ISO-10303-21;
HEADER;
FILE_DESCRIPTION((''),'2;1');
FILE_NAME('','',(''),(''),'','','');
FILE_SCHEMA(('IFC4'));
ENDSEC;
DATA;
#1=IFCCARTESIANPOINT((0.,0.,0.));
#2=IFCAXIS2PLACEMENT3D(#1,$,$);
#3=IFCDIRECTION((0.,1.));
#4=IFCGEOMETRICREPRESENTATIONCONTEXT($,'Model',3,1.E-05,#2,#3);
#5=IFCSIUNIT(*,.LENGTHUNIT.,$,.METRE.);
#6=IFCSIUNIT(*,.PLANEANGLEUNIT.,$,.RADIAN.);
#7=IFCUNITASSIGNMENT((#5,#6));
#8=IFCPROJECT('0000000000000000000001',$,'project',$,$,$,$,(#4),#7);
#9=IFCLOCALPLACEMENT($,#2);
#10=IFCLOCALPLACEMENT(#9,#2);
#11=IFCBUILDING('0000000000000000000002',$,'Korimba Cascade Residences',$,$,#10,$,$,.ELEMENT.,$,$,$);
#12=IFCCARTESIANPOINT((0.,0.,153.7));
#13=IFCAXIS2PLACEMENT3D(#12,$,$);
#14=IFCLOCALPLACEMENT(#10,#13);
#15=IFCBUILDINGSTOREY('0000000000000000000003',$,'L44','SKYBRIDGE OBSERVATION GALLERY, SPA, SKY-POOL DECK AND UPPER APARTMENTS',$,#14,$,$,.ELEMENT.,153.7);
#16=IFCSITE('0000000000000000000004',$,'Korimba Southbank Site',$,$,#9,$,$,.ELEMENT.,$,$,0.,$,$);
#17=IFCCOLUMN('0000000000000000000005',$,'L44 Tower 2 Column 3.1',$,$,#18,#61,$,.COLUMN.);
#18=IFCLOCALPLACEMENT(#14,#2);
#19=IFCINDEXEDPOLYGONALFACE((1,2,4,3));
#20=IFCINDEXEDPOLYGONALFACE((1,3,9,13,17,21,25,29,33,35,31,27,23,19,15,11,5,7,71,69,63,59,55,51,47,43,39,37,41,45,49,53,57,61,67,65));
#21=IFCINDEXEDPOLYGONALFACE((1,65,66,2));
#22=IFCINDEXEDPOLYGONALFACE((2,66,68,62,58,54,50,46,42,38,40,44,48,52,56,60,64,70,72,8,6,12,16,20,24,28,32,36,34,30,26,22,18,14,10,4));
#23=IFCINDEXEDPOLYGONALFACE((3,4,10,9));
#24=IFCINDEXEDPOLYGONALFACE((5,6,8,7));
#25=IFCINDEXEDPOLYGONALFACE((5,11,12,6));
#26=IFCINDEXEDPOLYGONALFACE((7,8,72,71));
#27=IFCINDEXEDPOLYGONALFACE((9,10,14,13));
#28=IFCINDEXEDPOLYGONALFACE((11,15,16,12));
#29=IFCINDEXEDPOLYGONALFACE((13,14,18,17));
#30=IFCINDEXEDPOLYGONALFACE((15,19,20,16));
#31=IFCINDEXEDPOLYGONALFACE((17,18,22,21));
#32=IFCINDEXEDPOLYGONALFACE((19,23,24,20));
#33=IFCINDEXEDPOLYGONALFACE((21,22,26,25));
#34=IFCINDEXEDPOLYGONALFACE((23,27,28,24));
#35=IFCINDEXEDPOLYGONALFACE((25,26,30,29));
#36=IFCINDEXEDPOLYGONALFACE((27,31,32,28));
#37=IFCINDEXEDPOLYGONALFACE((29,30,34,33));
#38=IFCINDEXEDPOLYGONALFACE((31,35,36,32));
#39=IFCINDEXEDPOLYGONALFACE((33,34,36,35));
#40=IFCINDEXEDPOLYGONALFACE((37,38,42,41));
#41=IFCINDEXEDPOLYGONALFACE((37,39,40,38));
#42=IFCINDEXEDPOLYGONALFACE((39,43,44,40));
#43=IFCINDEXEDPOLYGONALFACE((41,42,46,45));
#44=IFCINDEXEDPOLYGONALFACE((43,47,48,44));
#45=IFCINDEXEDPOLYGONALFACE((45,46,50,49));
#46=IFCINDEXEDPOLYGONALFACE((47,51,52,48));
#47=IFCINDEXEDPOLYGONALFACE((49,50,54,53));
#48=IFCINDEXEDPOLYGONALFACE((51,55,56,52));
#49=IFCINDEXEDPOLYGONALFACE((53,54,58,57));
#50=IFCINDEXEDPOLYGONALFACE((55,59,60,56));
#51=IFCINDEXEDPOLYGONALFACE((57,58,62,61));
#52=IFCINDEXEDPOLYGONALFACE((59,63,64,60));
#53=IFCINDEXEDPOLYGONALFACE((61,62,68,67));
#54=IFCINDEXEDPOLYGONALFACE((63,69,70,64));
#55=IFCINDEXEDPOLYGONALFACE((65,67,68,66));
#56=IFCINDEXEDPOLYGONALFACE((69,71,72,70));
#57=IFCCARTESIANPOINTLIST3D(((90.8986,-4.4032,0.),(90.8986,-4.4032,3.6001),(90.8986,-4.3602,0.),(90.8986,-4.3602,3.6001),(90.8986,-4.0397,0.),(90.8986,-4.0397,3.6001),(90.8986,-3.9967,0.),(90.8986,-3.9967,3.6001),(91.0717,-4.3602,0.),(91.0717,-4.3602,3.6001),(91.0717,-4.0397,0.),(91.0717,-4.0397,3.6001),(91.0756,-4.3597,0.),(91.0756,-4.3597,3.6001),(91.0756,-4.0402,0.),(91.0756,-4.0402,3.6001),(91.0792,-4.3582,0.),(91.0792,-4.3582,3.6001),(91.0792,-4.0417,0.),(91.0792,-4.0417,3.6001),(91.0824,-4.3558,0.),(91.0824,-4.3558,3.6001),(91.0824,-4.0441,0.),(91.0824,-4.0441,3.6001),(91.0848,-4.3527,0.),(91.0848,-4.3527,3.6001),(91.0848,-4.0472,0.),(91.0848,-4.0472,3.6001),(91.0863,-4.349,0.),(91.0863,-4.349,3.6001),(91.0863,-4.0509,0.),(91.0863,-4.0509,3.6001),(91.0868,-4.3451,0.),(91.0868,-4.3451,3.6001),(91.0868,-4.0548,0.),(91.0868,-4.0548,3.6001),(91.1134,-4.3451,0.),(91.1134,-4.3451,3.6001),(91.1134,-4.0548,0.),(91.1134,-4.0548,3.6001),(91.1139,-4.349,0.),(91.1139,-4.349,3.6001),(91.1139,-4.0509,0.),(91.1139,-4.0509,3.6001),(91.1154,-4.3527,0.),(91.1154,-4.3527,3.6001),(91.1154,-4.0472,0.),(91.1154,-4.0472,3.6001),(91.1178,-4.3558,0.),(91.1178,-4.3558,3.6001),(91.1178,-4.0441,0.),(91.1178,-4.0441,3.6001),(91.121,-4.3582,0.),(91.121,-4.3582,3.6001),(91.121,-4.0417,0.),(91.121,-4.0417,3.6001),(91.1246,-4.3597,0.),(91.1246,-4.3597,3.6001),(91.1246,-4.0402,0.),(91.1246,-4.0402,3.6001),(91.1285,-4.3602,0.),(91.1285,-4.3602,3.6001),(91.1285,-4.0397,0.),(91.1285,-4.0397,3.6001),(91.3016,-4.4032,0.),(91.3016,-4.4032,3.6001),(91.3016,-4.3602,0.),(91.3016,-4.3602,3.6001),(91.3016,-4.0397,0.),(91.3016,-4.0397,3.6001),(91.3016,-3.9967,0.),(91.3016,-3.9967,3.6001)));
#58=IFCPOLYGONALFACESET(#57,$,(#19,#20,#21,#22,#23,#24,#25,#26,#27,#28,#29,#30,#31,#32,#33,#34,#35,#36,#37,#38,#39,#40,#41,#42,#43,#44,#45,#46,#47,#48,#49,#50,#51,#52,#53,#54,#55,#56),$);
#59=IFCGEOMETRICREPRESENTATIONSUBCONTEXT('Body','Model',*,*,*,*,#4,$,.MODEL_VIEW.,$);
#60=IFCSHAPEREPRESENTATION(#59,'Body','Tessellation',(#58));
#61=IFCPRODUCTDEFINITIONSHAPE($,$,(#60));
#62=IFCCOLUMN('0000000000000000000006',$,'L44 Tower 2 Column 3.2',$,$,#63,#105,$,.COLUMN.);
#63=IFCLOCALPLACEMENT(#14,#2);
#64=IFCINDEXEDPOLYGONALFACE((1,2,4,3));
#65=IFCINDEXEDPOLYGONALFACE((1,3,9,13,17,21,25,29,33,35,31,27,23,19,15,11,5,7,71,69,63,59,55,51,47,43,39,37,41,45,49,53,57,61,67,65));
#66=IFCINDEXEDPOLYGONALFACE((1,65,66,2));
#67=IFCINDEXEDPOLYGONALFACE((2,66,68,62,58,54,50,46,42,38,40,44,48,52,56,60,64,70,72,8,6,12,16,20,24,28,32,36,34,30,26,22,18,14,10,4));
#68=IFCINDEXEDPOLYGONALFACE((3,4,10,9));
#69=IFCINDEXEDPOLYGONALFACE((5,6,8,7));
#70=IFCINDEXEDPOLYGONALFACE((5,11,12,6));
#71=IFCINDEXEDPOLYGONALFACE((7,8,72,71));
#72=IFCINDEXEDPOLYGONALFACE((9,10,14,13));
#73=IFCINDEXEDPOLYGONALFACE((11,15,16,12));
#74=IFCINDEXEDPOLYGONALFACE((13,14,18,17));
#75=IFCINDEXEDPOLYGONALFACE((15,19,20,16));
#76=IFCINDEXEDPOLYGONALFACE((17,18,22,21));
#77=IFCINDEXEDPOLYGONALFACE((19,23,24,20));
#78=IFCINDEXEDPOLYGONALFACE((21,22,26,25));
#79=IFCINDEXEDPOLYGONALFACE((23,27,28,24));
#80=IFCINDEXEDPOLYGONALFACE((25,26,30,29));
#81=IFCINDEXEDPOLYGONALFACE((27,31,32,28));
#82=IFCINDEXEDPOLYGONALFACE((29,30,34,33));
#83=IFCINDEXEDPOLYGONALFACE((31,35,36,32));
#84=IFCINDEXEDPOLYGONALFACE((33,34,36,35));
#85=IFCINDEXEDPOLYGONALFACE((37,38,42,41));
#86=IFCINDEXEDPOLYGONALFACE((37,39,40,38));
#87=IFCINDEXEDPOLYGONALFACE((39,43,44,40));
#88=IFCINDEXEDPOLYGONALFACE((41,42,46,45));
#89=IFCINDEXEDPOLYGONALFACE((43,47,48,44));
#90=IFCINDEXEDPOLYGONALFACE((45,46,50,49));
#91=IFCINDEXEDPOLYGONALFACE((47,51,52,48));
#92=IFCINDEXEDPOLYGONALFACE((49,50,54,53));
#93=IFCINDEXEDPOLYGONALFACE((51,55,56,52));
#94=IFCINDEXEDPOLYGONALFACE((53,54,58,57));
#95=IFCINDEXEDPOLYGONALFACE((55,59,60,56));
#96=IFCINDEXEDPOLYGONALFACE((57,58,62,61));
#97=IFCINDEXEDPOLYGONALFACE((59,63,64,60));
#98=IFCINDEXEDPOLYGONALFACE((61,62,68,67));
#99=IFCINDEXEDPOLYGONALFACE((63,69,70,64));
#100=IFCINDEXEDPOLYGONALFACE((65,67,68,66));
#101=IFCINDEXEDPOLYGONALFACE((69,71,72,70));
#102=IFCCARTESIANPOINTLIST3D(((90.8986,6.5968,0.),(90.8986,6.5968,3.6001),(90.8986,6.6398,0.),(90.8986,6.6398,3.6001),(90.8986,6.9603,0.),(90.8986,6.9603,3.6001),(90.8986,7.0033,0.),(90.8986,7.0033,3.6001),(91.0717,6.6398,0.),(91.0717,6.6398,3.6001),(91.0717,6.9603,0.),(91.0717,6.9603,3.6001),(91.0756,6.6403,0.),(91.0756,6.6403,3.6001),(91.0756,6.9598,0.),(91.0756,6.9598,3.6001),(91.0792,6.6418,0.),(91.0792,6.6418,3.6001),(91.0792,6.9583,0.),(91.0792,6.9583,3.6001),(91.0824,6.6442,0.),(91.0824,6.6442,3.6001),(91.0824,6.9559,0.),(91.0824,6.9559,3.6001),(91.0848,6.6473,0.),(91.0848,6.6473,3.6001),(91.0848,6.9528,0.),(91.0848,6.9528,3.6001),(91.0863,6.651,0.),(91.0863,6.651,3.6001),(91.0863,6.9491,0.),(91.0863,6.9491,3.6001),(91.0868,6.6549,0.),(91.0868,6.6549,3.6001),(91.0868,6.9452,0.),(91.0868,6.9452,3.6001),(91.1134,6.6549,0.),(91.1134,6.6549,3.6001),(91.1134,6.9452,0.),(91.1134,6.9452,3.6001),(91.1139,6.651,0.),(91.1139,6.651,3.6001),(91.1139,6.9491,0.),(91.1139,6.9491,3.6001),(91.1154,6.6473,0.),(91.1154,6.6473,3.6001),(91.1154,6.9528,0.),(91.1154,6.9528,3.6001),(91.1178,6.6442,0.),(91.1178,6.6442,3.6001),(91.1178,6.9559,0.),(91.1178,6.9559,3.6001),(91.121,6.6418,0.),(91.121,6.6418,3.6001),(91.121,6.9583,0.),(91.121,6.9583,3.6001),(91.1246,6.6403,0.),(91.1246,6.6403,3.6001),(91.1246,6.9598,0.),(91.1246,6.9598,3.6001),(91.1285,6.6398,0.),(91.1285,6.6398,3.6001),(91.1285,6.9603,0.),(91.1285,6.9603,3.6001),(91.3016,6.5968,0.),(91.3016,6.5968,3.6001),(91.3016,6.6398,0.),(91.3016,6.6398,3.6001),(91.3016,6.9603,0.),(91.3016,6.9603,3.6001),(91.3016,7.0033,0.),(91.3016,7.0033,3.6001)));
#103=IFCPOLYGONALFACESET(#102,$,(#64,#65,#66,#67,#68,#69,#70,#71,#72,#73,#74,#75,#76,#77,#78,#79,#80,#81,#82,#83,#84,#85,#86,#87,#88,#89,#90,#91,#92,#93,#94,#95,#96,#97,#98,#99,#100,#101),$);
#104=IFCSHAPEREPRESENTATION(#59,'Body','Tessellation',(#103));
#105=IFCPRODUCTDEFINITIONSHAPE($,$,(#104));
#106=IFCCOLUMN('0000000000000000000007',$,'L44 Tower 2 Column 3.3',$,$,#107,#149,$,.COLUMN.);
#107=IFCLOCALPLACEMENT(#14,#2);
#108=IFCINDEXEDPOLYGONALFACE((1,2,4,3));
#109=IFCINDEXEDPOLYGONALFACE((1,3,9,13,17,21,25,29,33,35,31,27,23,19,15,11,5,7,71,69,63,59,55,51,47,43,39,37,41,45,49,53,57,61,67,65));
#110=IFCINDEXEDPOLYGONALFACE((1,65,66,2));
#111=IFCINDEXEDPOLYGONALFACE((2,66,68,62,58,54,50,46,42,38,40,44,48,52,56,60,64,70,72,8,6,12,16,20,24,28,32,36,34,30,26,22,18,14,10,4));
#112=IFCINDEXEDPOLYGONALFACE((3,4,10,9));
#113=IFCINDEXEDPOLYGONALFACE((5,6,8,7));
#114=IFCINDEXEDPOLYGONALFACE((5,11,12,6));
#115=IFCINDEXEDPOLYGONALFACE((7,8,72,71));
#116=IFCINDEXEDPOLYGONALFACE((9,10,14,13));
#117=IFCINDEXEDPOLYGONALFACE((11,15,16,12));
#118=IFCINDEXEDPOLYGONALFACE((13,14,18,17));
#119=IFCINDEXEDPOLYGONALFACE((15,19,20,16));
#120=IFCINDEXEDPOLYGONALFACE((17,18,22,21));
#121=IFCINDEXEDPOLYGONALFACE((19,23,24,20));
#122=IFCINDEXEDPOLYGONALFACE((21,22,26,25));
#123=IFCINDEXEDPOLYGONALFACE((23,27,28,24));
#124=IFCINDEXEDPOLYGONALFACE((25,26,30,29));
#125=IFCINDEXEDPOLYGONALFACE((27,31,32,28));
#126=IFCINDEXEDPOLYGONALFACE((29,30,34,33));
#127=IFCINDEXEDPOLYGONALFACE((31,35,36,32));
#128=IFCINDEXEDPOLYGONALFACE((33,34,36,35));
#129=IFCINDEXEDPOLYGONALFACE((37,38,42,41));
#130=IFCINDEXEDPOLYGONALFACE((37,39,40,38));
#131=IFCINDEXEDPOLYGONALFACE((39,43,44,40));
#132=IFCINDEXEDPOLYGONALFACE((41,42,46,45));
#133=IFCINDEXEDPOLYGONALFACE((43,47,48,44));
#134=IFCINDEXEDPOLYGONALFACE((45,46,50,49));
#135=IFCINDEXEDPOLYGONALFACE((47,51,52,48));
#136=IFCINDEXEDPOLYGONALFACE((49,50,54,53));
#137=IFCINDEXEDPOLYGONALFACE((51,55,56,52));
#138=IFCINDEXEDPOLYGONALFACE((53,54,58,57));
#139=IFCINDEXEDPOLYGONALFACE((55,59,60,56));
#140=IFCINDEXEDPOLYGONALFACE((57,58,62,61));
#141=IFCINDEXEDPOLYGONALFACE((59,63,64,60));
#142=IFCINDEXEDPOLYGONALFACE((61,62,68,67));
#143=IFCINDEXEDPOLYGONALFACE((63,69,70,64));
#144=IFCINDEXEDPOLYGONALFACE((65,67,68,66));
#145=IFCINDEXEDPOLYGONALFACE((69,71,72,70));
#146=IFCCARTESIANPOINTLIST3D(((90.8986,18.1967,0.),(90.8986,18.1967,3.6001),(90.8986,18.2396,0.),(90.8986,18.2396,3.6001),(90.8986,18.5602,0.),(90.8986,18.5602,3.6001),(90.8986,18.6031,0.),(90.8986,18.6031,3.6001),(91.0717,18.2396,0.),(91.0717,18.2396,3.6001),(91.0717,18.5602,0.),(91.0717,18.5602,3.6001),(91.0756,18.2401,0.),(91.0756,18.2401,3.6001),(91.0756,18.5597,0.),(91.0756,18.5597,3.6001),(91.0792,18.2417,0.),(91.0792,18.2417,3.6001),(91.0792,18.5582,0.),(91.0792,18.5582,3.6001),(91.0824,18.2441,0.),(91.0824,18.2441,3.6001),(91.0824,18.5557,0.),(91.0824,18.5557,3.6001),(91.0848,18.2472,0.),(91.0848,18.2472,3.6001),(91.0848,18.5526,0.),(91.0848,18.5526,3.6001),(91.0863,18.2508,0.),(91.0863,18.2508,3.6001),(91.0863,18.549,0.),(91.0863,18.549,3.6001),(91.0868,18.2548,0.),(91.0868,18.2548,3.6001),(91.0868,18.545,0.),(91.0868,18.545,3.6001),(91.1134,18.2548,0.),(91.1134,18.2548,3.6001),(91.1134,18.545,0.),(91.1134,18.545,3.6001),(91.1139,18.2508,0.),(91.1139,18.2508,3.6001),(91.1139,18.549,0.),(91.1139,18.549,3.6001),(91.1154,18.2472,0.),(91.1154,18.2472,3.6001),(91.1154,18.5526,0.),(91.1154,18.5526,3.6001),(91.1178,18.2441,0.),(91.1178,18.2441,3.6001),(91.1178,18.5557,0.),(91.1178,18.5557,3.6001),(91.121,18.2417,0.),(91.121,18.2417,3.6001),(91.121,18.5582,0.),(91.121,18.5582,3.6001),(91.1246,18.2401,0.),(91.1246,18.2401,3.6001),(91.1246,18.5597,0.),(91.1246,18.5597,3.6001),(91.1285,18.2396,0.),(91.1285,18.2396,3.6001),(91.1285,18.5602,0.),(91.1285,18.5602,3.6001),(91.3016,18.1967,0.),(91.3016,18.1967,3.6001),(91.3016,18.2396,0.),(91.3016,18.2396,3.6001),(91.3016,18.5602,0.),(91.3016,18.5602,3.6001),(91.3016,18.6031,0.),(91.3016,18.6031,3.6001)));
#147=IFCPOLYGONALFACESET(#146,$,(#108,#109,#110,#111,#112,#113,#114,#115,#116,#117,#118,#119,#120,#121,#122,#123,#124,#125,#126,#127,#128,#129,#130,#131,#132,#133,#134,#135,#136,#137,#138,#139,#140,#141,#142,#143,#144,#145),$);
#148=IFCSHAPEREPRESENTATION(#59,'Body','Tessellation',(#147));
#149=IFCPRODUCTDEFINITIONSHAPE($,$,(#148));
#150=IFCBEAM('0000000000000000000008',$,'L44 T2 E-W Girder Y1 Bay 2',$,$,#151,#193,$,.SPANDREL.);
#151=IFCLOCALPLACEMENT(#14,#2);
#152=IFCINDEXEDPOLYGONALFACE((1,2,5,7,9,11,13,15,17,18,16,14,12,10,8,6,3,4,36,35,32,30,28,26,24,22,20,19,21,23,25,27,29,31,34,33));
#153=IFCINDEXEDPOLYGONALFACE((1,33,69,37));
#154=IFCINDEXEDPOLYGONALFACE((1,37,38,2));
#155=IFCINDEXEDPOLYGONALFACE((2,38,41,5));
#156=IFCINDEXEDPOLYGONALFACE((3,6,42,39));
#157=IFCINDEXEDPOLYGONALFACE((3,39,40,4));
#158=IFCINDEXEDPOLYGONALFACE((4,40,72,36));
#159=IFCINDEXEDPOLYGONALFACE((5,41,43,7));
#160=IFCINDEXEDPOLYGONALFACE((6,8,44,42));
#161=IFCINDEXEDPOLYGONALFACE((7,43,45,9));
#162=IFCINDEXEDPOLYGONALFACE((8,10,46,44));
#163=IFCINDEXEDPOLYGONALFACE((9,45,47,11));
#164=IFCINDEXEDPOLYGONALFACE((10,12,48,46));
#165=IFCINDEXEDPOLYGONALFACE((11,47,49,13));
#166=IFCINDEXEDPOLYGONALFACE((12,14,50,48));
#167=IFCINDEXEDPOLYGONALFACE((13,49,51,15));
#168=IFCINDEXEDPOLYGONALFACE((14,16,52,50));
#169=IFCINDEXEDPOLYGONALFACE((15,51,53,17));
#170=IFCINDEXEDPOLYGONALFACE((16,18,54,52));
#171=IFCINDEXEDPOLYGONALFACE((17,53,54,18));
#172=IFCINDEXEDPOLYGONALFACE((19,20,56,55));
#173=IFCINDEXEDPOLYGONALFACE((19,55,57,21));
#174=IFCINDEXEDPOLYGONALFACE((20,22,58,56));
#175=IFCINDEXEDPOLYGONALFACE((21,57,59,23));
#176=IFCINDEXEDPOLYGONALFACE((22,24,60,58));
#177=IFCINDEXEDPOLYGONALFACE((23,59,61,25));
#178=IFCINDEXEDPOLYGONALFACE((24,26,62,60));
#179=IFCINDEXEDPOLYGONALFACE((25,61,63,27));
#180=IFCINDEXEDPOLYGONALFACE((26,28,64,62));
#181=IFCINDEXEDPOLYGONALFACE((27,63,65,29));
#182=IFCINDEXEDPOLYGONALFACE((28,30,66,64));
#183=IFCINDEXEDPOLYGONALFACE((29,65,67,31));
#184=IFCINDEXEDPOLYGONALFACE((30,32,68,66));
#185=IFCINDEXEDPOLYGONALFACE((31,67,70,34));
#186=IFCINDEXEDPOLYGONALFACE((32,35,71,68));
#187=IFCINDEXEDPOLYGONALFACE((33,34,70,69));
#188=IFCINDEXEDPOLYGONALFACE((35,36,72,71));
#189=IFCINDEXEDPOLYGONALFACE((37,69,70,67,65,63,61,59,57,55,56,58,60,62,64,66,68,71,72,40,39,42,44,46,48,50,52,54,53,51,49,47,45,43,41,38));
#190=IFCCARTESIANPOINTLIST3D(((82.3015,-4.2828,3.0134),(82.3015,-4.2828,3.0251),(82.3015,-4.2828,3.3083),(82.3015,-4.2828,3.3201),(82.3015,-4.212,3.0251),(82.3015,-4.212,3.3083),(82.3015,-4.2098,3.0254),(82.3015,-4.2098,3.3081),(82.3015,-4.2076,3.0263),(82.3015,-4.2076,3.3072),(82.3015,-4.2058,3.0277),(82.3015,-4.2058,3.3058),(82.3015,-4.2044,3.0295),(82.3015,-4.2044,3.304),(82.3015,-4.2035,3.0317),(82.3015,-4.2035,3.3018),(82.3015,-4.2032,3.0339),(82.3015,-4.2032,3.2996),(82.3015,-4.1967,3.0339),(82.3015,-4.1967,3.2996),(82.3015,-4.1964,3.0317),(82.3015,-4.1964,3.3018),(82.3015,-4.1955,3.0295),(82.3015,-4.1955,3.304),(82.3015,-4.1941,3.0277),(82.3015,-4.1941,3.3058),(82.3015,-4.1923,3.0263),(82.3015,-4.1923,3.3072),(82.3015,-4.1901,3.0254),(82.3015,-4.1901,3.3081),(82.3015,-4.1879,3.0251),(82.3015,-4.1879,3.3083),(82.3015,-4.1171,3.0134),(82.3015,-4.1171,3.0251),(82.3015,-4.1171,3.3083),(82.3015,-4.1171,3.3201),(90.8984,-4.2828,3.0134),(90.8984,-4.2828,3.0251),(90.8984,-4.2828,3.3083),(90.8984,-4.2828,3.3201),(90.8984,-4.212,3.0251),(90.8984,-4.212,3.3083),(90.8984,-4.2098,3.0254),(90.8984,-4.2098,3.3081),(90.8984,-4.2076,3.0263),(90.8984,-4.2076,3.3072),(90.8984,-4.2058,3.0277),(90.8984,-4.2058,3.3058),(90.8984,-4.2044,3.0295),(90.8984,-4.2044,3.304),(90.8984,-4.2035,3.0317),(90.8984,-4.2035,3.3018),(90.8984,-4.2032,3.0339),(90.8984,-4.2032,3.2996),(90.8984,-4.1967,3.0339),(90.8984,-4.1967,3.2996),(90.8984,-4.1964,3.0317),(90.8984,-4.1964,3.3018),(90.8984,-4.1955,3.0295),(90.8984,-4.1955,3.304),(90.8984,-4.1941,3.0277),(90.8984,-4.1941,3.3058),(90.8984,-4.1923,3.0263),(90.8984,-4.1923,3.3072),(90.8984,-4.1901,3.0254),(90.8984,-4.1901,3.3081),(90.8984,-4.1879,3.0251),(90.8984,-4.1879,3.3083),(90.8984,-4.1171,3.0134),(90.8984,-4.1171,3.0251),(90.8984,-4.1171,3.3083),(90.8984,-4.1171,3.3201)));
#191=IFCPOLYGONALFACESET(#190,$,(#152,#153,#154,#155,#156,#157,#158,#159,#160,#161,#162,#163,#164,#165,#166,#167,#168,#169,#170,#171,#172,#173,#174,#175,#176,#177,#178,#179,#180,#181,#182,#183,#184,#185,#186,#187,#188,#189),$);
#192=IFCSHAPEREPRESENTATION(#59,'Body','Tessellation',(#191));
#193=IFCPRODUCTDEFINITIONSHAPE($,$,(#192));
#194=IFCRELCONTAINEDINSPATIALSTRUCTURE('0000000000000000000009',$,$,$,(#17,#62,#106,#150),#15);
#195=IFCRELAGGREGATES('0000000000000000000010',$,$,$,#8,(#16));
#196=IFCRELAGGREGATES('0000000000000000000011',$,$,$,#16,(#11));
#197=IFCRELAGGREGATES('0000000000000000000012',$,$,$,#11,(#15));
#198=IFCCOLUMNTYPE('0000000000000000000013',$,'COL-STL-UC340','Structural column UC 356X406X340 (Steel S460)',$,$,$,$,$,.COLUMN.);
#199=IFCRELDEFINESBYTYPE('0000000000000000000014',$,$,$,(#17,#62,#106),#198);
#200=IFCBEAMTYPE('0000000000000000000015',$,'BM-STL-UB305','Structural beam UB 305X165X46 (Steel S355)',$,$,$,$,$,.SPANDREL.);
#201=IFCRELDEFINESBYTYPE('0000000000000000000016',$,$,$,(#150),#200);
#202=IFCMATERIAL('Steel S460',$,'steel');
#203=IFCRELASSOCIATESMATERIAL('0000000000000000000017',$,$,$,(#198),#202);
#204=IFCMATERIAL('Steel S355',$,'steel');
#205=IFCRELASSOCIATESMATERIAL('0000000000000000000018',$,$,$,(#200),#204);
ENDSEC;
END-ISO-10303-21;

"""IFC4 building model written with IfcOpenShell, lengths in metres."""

from ifc_helpers import new_model, si_unit, direction, frame, origin, origin_2d, place, context, subcontext, project, spatial, i_section, extrude, material, material_profile, profile_set, type_object, element, save


model = new_model("IFC4")

# Units and contexts
model_context = context("Model", 3, precision=1e-05, world=origin(), true_north=direction((0.0, 1.0)))
body_context = subcontext(model_context, "Body", "Model", "MODEL_VIEW")
ifc_project = project(units=[si_unit("LENGTHUNIT", "METRE"), si_unit("PLANEANGLEUNIT", "RADIAN")], contexts=[model_context])

# Site, building, storey
site_placement = place(None, origin())
site = spatial("IfcSite", under=ifc_project, at=site_placement, Name="Korimba Southbank Site", CompositionType="ELEMENT", RefElevation=0.0)
building_placement = place(site_placement, origin())
building = spatial("IfcBuilding", under=site, at=building_placement, Name="Korimba Cascade Residences", CompositionType="ELEMENT")
storey_placement = place(building_placement, frame((0.0, 0.0, 153.7)))
storey = spatial("IfcBuildingStorey", under=building, at=storey_placement, Name="L44", Description="SKYBRIDGE OBSERVATION GALLERY, SPA, SKY-POOL DECK AND UPPER APARTMENTS", CompositionType="ELEMENT", Elevation=153.7)

# Columns
ifc_material_1 = material(Name="Steel S460", Category="steel")
ifc_material_profile_1 = material_profile(ifc_material_1, i_section(OverallWidth=0.4031, OverallDepth=0.4065, WebThickness=0.0266, FlangeThickness=0.043, FilletRadius=0.0151, at=origin_2d()), Name="Steel S460")
ifc_profile_set_1 = profile_set([ifc_material_profile_1], Name="Steel S460")
column_type = type_object("IfcColumnType", Name="COL-STL-UC340", Description="Structural column UC 356X406X340 (Steel S460)", PredefinedType="COLUMN", material=ifc_profile_set_1)
for number, where, z_axis, x_axis, name in (
    (1, (91.1001, -4.2, 0.0), (0.0, 0.0, 1.0), (1.0, 0.0, 0.0), "L44 Tower 2 Column 3.1"),
    (2, (91.1001, 6.8, 0.0), (0.0, 0.0, 1.0), (1.0, 0.0, 0.0), "L44 Tower 2 Column 3.2"),
    (3, (91.1001, 18.3999, 0.0), (0.0, 0.0, 1.0), (1.0, 0.0, 0.0), "L44 Tower 2 Column 3.3"),
):
    element("IfcColumn", number, at=place(storey_placement, frame(where, z_axis=z_axis, x_axis=x_axis)), inside=storey, type_object=column_type, Name=name, PredefinedType="COLUMN", context=body_context, shape_type="SweptSolid", body=[
        extrude(i_section(OverallWidth=0.4031, OverallDepth=0.4065, WebThickness=0.0266, FlangeThickness=0.043, FilletRadius=0.0151, at=origin_2d()), origin(), (0.0, 0.0, 1.0), 3.6001),
    ])

# Beam
ifc_material_2 = material(Name="Steel S355", Category="steel")
ifc_material_profile_2 = material_profile(ifc_material_2, i_section(OverallWidth=0.1658, OverallDepth=0.3066, WebThickness=0.0066, FlangeThickness=0.0117, FilletRadius=0.0088, at=origin_2d()), Name="Steel S355")
ifc_profile_set_2 = profile_set([ifc_material_profile_2], Name="Steel S355")
beam_type_1 = type_object("IfcBeamType", Name="BM-STL-UB305", Description="Structural beam UB 305X165X46 (Steel S355)", PredefinedType="SPANDREL", material=ifc_profile_set_2)
for number, where, z_axis, x_axis, name in (
    (4, (82.3015, -4.2, 3.1667), (1.0, 0.0, 0.0), (0.0, 1.0, 0.0), "L44 T2 E-W Girder Y1 Bay 2"),
):
    element("IfcBeam", number, at=place(storey_placement, frame(where, z_axis=z_axis, x_axis=x_axis)), inside=storey, type_object=beam_type_1, Name=name, PredefinedType="SPANDREL", context=body_context, shape_type="SweptSolid", body=[
        extrude(i_section(OverallWidth=0.1658, OverallDepth=0.3066, WebThickness=0.0066, FlangeThickness=0.0117, FilletRadius=0.0088, at=origin_2d()), origin(), (0.0, 0.0, 1.0), 8.5969),
    ])

save(model, "model.ifc")
